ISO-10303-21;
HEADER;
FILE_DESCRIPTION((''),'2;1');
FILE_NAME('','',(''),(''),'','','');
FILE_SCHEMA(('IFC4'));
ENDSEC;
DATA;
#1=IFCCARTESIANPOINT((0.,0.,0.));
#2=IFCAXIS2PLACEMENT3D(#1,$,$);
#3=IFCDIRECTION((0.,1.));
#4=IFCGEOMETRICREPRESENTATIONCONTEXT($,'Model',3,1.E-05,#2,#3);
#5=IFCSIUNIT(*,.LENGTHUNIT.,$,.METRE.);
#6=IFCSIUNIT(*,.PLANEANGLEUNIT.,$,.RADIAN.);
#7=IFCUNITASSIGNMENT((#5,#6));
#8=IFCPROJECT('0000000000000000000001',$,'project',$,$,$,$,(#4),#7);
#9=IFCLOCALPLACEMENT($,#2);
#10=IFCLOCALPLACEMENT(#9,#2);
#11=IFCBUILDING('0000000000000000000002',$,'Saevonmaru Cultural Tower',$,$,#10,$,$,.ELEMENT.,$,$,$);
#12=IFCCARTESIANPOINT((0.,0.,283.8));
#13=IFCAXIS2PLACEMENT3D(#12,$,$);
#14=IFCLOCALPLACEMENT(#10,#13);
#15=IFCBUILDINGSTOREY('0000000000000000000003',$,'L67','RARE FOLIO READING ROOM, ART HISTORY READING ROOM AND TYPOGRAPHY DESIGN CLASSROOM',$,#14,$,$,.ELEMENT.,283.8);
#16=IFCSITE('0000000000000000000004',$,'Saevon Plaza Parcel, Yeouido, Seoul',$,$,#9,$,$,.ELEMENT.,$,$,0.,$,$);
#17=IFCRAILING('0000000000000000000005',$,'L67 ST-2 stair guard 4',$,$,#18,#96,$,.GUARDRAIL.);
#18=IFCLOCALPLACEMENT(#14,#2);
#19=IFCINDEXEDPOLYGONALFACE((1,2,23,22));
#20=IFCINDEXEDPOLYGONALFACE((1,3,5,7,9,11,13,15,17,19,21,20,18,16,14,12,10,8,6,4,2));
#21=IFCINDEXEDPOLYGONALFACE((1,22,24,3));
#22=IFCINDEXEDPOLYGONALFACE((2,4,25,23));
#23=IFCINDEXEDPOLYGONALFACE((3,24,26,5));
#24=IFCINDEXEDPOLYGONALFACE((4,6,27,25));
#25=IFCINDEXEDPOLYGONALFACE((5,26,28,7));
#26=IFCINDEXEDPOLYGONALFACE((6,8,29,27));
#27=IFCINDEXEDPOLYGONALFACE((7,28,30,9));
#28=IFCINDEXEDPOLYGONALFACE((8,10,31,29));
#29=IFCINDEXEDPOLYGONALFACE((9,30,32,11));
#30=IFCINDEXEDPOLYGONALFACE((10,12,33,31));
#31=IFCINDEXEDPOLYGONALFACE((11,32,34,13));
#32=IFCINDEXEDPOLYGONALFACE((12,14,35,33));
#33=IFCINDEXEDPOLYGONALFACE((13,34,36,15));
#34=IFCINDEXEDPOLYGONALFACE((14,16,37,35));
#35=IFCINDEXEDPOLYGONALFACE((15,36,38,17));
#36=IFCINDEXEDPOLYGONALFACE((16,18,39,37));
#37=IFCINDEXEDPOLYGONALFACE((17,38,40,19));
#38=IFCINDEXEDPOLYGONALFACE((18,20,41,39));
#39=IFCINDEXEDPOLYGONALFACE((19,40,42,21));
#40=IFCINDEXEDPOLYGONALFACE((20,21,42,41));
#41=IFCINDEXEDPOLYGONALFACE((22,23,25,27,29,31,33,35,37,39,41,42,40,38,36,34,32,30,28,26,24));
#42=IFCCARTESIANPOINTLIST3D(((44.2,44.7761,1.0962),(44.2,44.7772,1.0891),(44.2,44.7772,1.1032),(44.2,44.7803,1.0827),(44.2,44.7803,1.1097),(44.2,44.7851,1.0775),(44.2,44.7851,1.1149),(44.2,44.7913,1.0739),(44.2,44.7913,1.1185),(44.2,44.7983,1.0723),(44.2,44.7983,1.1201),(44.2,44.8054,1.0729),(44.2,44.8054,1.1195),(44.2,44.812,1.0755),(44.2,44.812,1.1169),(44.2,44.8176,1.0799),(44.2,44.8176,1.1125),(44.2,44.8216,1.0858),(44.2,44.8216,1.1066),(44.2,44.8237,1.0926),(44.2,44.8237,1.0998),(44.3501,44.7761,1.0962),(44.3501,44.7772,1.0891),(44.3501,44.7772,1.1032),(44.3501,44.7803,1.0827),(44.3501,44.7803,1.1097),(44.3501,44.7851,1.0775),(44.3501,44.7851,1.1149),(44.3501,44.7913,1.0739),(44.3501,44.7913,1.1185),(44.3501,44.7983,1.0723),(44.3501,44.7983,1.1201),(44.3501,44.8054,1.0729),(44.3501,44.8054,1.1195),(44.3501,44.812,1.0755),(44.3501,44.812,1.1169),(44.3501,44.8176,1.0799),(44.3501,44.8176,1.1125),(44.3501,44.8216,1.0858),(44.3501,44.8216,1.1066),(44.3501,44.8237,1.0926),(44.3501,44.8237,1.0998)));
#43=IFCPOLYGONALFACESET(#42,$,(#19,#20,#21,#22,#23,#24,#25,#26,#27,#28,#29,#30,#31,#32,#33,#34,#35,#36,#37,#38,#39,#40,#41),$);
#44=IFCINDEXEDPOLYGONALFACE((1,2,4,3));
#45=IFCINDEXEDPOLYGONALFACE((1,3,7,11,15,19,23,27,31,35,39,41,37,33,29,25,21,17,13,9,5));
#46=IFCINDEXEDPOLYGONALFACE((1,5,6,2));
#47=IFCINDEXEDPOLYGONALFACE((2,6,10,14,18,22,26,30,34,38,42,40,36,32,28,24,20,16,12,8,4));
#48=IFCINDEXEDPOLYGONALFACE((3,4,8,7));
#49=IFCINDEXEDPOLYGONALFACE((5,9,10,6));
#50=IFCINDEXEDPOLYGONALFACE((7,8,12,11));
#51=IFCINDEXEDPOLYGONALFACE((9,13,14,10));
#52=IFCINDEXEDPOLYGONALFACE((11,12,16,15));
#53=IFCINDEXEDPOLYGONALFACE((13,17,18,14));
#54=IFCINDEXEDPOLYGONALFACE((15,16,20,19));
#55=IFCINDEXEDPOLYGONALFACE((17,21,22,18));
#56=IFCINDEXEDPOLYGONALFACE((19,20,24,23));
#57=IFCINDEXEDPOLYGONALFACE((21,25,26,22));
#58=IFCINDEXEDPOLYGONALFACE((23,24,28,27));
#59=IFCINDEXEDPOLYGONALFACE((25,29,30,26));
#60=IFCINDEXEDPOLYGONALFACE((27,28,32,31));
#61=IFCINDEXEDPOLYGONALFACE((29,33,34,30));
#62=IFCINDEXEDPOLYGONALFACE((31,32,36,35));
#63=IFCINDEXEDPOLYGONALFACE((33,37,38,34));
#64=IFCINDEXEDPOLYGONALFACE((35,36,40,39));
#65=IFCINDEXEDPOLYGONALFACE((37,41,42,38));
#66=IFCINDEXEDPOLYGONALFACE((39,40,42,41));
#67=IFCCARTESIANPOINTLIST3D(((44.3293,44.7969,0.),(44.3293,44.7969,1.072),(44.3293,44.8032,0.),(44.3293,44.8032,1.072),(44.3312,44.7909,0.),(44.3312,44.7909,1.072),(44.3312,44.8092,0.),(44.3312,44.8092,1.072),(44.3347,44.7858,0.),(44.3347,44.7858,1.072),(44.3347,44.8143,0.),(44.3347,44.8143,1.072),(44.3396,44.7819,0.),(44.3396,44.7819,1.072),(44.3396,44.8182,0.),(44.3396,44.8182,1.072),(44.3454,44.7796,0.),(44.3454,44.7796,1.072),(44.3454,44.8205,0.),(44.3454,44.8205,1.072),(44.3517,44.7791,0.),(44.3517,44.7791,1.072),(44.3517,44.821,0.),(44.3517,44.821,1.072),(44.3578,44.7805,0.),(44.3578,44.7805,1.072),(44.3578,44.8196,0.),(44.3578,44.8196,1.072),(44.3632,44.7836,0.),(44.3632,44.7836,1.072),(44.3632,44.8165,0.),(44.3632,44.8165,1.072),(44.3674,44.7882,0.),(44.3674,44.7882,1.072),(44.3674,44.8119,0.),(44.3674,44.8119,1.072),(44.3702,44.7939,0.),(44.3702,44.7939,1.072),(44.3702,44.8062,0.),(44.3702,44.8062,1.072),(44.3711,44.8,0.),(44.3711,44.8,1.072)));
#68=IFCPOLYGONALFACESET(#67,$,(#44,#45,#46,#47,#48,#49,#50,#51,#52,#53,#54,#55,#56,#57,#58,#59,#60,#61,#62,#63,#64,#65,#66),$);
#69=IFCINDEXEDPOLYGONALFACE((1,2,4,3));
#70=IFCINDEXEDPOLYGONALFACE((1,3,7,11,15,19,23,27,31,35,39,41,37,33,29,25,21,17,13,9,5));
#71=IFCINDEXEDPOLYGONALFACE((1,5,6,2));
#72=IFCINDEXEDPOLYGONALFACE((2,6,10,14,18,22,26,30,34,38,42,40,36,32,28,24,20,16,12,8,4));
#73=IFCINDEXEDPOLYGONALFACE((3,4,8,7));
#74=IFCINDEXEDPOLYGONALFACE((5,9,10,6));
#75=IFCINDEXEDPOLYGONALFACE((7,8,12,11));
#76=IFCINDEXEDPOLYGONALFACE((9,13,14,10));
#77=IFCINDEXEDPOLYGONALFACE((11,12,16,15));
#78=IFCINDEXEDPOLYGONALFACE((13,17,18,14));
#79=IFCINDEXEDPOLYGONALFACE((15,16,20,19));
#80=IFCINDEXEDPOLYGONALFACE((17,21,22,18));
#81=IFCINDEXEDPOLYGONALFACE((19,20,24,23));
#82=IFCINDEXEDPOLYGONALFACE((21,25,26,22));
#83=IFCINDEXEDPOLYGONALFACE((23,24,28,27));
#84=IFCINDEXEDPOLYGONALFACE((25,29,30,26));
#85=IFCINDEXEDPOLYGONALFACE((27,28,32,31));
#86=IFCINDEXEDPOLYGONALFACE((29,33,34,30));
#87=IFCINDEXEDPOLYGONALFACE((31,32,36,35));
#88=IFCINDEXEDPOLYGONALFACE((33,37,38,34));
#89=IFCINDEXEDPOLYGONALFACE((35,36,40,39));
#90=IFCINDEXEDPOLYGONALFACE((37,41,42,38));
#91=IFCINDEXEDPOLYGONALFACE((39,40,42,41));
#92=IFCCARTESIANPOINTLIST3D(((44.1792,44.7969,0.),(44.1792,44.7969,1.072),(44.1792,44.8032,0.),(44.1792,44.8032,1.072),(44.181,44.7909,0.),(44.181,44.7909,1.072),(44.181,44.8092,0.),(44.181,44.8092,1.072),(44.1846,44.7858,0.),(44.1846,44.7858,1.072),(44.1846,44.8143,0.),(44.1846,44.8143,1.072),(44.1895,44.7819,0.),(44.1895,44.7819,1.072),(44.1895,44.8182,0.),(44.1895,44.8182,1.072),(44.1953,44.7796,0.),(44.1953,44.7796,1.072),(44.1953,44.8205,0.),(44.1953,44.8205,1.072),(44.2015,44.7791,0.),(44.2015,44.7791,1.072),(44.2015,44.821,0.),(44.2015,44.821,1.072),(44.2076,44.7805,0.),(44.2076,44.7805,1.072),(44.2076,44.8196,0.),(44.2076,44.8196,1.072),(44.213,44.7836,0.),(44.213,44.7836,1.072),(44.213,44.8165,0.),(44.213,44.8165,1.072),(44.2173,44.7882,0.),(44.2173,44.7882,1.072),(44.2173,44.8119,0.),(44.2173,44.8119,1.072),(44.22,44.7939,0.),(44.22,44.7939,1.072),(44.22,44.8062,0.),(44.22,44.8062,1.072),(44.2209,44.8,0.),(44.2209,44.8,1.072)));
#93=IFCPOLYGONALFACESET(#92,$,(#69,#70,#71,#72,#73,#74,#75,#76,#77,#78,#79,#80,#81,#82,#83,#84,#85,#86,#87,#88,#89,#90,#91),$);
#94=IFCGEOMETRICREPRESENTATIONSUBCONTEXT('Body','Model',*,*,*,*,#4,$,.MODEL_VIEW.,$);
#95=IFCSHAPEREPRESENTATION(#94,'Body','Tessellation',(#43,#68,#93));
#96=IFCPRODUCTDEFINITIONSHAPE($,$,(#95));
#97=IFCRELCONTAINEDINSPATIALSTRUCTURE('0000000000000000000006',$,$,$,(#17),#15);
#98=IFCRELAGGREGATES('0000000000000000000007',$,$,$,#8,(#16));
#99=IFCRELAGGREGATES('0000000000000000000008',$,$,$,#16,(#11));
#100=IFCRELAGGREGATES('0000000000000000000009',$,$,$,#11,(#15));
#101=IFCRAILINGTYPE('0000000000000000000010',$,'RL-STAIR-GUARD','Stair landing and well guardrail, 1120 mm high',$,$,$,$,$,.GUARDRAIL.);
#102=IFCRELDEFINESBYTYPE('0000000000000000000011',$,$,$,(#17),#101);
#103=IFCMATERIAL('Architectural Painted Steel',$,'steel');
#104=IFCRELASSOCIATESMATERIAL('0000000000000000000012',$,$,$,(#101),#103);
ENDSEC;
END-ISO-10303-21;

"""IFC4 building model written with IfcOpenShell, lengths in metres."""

from ifc_helpers import new_model, si_unit, direction, frame, origin, origin_2d, place, context, subcontext, project, spatial, circle, extrude, material, type_object, element, save


model = new_model("IFC4")

# Units and contexts
model_context = context("Model", 3, precision=1e-05, world=origin(), true_north=direction((0.0, 1.0)))
body_context = subcontext(model_context, "Body", "Model", "MODEL_VIEW")
ifc_project = project(units=[si_unit("LENGTHUNIT", "METRE"), si_unit("PLANEANGLEUNIT", "RADIAN")], contexts=[model_context])

# Site, building, storey
site_placement = place(None, origin())
site = spatial("IfcSite", under=ifc_project, at=site_placement, Name="Saevon Plaza Parcel, Yeouido, Seoul", CompositionType="ELEMENT", RefElevation=0.0)
building_placement = place(site_placement, origin())
building = spatial("IfcBuilding", under=site, at=building_placement, Name="Saevonmaru Cultural Tower", CompositionType="ELEMENT")
storey_placement = place(building_placement, frame((0.0, 0.0, 283.8)))
storey = spatial("IfcBuildingStorey", under=building, at=storey_placement, Name="L67", Description="RARE FOLIO READING ROOM, ART HISTORY READING ROOM AND TYPOGRAPHY DESIGN CLASSROOM", CompositionType="ELEMENT", Elevation=283.8)

# Railing
ifc_material_1 = material(Name="Architectural Painted Steel", Category="steel")
railing_type_1 = type_object("IfcRailingType", Name="RL-STAIR-GUARD", Description="Stair landing and well guardrail, 1120 mm high", PredefinedType="GUARDRAIL", material=ifc_material_1)
railing_1_placement = place(storey_placement, frame((44.3501, 44.8, 0.0)))
element("IfcRailing", 1, at=railing_1_placement, inside=storey, type_object=railing_type_1, Name="L67 ST-2 stair guard 4", PredefinedType="GUARDRAIL", context=body_context, shape_type="SweptSolid", body=[
    extrude(circle(Radius=0.0239, at=origin_2d()), frame((0.0, 0.0, 1.0962), z_axis=(-1.0, 0.0, 0.0), x_axis=(0.0, -1.0, 0.0)), (0.0, 0.0, 1.0), 0.1501),
    extrude(circle(Radius=0.021, at=origin_2d()), origin(), (0.0, 0.0, 1.0), 1.072),
    extrude(circle(Radius=0.021, at=origin_2d()), frame((-0.1501, 0.0, 0.0)), (0.0, 0.0, 1.0), 1.072),
])

save(model, "model.ifc")
